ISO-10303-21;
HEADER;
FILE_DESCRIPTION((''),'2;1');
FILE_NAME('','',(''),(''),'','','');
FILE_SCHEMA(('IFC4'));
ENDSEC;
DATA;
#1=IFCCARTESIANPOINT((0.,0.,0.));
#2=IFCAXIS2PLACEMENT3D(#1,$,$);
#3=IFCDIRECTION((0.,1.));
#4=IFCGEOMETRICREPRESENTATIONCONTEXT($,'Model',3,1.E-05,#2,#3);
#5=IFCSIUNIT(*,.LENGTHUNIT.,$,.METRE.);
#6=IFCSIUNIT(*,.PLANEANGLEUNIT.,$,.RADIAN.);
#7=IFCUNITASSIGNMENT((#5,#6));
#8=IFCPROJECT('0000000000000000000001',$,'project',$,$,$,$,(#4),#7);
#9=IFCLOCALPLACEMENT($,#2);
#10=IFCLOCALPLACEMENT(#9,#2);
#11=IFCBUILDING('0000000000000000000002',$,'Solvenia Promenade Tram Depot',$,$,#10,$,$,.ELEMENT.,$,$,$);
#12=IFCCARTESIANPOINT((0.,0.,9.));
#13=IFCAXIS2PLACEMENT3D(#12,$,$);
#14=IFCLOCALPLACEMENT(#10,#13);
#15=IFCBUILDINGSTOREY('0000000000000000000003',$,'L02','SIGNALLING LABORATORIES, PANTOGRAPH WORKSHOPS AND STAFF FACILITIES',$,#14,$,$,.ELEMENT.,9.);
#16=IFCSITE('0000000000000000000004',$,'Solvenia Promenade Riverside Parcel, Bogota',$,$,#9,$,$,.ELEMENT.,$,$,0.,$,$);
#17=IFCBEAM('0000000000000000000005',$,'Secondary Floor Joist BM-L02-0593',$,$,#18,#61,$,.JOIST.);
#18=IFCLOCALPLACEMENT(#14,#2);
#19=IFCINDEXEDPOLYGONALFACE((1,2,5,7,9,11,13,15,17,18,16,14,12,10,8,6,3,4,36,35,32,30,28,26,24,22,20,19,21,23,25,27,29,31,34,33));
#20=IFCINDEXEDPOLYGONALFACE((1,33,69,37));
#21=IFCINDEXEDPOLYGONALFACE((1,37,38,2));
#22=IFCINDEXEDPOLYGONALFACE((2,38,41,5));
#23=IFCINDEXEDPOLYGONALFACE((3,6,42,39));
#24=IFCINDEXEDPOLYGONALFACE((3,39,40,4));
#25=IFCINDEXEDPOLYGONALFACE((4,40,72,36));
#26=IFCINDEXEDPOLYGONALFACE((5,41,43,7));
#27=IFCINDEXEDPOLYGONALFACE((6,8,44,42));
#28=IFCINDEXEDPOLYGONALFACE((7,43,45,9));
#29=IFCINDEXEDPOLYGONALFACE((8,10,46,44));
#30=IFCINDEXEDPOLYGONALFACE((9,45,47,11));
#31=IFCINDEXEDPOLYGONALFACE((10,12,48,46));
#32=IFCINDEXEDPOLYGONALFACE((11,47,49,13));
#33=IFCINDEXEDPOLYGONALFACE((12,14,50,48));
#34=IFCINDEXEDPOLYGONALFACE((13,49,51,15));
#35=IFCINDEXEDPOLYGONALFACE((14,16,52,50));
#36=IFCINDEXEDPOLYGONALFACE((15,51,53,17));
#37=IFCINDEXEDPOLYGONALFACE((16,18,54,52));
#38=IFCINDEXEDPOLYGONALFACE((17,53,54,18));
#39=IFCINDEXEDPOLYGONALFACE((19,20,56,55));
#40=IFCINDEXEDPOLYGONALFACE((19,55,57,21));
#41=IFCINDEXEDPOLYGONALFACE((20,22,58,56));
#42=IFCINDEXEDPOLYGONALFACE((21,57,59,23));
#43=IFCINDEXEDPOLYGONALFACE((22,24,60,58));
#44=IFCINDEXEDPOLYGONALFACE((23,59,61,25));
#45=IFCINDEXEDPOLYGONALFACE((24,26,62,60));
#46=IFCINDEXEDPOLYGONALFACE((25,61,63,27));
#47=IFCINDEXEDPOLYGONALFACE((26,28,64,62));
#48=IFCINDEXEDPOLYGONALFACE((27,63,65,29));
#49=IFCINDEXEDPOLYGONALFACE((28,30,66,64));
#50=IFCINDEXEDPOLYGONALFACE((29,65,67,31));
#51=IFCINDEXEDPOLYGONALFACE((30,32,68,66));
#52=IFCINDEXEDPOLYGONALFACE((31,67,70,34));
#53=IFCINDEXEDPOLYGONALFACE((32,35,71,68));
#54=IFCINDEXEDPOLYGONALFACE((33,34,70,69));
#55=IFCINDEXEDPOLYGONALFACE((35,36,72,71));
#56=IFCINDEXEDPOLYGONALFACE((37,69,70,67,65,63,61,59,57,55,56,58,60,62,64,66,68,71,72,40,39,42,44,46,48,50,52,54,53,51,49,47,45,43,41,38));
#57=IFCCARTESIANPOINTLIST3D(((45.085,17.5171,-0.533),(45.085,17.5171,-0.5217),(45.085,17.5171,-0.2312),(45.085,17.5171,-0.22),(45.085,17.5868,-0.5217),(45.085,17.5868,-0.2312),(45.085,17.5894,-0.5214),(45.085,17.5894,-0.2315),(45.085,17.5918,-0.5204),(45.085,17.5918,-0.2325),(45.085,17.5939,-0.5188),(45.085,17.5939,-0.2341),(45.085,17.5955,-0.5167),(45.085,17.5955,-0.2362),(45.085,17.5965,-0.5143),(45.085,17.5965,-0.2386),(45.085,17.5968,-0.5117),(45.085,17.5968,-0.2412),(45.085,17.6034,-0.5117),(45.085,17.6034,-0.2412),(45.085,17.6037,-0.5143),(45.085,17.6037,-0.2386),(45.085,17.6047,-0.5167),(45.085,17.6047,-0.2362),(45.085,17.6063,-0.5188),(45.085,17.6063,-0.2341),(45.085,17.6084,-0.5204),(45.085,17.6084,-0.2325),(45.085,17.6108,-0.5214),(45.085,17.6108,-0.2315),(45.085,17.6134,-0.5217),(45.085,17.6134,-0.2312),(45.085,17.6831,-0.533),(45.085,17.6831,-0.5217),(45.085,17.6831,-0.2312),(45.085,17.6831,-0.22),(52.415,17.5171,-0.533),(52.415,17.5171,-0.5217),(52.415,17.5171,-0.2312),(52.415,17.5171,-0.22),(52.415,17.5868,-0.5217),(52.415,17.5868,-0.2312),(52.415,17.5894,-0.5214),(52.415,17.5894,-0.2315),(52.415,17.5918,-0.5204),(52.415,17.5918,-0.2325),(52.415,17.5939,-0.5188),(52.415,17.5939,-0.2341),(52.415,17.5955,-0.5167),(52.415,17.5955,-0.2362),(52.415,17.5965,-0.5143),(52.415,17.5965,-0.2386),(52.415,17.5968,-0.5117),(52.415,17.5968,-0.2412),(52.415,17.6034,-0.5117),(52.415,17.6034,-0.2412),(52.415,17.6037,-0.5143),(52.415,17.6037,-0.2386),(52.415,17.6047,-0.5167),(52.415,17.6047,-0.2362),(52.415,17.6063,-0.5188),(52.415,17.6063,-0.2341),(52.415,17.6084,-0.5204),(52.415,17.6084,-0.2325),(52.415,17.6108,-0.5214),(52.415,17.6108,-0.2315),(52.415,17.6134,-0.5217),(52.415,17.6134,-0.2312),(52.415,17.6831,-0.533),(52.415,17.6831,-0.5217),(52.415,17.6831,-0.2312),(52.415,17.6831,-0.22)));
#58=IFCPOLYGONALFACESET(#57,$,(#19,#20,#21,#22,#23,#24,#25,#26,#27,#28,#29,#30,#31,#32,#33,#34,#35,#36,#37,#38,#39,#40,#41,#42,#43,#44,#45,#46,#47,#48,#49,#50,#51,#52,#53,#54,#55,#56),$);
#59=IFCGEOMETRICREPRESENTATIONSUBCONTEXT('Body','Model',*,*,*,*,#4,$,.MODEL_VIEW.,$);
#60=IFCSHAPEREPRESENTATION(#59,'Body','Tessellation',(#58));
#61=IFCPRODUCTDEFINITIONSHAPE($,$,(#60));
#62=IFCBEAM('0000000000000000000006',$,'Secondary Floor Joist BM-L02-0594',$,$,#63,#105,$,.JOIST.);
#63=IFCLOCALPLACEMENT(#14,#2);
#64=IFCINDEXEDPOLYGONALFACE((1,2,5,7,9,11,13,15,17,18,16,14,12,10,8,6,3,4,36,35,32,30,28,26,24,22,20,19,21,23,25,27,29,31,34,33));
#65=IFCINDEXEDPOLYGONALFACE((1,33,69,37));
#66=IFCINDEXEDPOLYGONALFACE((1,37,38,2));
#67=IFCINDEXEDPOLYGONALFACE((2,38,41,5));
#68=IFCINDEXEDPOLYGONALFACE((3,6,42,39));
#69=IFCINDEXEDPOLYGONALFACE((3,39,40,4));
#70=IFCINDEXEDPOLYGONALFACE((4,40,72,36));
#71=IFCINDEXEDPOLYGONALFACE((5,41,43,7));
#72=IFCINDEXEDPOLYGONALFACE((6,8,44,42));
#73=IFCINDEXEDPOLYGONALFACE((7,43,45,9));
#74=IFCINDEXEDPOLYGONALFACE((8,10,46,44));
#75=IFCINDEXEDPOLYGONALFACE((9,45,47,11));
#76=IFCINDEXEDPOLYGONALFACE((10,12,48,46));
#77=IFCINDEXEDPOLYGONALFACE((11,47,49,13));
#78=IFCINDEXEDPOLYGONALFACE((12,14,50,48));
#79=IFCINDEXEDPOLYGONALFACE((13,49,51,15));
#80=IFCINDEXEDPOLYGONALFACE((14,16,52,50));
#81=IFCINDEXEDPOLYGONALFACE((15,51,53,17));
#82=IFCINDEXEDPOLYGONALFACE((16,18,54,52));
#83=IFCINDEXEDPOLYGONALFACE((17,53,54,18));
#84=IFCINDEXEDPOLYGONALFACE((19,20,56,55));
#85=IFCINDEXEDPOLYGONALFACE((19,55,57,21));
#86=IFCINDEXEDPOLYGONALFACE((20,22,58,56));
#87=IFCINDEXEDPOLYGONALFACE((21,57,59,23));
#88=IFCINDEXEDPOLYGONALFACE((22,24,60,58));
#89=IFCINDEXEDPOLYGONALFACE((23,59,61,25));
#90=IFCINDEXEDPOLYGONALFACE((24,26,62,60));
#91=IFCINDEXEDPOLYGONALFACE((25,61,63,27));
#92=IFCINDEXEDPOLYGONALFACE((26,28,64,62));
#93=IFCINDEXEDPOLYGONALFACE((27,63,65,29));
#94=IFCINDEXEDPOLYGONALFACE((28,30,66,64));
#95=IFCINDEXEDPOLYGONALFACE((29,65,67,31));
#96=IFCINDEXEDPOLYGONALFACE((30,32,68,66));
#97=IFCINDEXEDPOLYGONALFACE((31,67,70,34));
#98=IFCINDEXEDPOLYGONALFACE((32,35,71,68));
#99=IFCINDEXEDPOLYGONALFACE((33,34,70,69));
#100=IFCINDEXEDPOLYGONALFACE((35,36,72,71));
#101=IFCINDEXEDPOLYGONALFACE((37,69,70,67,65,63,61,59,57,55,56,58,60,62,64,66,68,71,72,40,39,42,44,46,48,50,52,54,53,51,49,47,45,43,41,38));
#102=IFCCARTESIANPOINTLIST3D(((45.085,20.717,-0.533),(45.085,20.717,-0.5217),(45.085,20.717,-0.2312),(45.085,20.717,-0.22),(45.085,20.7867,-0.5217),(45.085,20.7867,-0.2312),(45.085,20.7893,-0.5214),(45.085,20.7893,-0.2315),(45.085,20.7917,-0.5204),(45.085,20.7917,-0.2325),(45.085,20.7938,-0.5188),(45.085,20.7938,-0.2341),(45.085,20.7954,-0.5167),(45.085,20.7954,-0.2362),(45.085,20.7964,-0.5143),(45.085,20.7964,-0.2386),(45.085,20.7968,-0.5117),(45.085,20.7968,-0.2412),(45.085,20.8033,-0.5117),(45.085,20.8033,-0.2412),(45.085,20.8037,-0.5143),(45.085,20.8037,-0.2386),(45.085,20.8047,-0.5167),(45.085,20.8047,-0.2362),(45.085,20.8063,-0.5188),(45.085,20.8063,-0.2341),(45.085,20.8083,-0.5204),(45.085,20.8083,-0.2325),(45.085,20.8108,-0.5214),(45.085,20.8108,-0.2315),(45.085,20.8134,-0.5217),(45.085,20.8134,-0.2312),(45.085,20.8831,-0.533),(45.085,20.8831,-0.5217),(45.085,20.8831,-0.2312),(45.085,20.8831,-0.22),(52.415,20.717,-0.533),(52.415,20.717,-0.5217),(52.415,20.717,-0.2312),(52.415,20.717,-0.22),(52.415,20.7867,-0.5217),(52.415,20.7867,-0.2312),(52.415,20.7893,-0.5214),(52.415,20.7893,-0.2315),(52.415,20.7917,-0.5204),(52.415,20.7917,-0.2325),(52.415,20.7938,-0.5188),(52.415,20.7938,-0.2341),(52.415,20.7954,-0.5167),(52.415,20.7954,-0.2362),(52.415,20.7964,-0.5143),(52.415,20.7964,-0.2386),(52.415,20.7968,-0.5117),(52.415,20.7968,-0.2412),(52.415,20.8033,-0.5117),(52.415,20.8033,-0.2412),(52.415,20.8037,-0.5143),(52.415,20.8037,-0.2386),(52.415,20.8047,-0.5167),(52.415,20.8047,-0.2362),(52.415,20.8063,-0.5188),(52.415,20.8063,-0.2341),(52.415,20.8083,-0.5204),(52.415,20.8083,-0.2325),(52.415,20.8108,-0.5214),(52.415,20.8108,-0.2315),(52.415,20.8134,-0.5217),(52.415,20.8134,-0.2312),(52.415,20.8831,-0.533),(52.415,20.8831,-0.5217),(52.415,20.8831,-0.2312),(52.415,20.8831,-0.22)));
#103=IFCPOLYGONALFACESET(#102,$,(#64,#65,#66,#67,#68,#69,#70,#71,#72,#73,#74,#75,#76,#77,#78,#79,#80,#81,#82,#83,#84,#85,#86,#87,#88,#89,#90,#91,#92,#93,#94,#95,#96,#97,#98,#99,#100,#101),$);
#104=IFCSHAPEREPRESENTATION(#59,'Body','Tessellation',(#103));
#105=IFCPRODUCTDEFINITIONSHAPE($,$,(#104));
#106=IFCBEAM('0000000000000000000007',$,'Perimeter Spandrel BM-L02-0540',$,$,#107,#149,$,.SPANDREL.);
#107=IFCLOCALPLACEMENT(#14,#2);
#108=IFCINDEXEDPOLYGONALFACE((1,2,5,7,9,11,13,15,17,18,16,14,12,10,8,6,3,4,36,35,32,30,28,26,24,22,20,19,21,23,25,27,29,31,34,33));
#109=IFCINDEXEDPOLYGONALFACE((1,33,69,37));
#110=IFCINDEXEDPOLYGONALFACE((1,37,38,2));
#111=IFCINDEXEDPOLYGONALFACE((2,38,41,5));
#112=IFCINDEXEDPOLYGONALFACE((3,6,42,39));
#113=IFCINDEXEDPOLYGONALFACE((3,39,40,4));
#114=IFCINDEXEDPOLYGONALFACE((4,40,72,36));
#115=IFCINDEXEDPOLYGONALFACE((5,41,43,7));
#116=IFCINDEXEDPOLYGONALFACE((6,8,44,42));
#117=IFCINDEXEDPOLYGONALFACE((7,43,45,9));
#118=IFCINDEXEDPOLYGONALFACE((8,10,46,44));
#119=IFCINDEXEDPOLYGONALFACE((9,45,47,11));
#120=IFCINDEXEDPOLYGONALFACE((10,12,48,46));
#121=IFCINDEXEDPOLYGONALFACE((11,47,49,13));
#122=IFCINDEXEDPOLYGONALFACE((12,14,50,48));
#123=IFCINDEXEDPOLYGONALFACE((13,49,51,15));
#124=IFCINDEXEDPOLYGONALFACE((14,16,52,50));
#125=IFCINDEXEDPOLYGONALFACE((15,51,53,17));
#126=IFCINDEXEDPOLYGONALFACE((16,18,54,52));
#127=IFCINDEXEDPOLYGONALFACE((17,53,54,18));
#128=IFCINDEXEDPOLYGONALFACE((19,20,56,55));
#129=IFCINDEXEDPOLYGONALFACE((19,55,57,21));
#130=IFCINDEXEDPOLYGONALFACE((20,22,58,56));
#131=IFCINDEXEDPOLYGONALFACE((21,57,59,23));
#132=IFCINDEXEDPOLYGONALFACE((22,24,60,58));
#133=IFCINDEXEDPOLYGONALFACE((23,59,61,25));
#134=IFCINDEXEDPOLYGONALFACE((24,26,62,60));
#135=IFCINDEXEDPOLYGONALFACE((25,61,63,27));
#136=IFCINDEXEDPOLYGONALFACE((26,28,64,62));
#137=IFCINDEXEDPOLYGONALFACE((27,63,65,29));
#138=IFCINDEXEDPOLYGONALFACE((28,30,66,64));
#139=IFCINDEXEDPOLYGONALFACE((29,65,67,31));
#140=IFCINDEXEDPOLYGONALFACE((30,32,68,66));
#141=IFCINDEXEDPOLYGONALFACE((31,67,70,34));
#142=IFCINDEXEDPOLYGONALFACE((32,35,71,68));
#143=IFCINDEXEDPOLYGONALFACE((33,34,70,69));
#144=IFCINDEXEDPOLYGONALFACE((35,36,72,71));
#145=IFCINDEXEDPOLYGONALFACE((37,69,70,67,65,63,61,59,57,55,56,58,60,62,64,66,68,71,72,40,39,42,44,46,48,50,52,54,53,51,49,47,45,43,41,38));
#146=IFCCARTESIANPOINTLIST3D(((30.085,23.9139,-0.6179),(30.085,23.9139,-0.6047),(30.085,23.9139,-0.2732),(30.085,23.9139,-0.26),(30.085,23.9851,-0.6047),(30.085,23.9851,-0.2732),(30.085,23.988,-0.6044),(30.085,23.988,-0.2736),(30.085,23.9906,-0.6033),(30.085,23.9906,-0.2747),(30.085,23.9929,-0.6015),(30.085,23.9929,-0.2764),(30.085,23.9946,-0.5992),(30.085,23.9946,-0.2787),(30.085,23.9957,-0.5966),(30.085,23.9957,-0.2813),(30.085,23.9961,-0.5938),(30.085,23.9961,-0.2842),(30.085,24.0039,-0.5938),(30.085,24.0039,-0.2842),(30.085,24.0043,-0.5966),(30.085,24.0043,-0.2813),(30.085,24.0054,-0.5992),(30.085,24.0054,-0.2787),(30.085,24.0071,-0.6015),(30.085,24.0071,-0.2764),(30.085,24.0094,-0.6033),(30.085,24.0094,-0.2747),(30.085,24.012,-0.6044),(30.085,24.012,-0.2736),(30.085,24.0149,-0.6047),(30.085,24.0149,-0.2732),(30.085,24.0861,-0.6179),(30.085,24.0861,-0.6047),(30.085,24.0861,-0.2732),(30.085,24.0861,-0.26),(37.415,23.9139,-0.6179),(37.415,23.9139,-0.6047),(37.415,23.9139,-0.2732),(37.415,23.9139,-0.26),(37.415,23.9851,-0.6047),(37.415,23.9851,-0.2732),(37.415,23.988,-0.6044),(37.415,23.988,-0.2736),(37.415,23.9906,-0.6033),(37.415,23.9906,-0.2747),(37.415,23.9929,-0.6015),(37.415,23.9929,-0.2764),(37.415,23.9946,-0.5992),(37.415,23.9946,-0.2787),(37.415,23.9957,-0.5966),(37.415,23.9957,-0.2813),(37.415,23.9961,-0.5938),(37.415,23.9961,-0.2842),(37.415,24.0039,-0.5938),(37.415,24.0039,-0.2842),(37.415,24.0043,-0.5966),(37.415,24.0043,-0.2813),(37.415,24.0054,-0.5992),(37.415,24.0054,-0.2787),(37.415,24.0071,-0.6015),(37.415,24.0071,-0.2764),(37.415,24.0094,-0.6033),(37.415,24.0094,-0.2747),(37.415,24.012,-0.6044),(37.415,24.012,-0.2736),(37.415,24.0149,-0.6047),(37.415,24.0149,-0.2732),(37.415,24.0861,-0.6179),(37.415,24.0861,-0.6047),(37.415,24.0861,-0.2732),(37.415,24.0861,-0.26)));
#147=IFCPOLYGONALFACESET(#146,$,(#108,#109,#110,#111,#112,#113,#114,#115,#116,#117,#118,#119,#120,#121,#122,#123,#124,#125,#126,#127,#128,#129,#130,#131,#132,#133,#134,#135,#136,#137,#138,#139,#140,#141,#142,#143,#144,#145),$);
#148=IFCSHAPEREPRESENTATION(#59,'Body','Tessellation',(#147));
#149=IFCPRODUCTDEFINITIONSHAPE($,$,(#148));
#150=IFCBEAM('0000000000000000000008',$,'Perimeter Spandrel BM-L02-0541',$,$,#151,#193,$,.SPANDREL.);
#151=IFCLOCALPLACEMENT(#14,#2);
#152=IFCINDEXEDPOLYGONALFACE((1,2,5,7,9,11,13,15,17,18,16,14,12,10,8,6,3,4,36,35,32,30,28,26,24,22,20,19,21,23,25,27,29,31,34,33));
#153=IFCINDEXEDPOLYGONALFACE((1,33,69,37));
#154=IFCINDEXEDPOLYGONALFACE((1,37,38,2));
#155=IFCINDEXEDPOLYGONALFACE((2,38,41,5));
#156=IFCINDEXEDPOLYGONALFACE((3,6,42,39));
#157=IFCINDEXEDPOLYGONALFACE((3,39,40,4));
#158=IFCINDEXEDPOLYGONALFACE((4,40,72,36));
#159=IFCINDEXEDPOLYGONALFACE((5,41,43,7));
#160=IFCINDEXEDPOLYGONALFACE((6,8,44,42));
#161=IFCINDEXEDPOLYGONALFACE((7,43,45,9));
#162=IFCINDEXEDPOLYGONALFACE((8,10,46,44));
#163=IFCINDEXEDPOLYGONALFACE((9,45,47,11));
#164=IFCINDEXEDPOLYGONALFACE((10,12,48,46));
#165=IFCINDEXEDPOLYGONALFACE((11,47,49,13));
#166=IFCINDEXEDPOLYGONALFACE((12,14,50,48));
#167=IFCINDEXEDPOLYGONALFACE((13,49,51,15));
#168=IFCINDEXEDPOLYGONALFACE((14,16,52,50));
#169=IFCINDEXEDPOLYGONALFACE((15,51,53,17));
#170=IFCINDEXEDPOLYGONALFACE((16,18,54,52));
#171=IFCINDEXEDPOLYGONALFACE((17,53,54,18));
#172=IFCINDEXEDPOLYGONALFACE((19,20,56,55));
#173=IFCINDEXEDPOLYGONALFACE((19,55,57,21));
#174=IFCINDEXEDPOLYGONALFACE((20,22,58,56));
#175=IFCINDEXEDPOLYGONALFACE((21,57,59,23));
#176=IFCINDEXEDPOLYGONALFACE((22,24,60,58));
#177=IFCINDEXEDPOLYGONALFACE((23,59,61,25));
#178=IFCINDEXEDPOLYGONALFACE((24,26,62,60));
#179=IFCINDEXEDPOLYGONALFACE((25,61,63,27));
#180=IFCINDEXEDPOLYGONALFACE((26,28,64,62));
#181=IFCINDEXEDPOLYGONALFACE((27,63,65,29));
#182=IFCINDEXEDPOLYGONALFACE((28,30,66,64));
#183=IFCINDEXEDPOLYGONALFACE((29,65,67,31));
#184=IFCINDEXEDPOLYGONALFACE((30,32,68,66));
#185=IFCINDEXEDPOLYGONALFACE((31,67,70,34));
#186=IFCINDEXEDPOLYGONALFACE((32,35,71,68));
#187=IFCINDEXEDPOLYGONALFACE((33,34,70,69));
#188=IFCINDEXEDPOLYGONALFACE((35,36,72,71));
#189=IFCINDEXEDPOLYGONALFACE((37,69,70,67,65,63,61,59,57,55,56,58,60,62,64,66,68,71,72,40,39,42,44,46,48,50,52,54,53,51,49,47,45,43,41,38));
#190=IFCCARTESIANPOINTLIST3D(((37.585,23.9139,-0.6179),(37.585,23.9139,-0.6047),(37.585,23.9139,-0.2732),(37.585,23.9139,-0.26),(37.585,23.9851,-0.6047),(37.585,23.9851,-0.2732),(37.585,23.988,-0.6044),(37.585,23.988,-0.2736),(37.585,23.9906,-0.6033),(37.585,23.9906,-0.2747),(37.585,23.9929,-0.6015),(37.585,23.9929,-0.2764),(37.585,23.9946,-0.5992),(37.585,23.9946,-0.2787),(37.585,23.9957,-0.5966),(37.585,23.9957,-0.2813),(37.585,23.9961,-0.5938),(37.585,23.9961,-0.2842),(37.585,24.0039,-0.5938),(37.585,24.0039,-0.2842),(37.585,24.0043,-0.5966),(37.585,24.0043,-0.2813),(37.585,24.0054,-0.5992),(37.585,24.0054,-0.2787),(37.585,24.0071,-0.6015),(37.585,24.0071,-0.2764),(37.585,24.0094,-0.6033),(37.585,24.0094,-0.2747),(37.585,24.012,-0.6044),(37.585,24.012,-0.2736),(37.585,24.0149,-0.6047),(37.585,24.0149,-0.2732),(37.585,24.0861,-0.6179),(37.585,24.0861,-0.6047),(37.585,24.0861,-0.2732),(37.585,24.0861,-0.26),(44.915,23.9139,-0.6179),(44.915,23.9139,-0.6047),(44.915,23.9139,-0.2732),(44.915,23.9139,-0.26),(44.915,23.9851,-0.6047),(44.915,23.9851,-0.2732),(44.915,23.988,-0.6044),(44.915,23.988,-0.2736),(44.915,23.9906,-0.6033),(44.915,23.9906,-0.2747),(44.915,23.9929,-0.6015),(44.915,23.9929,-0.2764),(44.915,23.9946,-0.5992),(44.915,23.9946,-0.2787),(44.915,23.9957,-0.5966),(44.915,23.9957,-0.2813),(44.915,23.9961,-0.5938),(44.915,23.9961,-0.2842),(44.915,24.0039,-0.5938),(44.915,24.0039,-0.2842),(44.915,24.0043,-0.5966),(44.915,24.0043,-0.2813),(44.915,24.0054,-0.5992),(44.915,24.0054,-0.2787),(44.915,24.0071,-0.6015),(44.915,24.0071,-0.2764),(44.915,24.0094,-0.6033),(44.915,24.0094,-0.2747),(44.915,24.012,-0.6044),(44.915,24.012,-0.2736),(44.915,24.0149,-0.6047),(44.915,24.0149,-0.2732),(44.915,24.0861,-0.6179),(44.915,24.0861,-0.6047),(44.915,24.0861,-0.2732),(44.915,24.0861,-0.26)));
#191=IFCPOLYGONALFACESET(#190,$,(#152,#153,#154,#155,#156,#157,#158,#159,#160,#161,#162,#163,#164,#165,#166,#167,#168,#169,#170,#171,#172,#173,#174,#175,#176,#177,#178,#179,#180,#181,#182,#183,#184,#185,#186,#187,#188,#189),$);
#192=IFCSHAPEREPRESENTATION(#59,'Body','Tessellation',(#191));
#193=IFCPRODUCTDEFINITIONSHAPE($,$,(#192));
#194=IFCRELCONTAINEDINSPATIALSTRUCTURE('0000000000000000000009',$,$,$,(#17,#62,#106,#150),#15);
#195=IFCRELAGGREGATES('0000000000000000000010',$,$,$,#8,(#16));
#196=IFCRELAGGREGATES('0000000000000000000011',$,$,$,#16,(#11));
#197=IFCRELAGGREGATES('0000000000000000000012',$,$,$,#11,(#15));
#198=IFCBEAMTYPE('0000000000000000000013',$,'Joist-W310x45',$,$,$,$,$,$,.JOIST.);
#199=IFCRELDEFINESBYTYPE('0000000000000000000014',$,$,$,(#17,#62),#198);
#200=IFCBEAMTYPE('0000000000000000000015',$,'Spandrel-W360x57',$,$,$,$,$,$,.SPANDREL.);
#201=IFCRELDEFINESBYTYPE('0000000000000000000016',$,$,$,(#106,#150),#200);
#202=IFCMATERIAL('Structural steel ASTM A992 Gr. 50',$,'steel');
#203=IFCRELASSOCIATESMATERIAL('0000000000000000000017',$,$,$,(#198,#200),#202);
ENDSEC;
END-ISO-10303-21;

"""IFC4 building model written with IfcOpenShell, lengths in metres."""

from ifc_helpers import new_model, si_unit, direction, frame, origin, origin_2d, place, context, subcontext, project, spatial, i_section, extrude, material, material_profile, profile_set, type_object, element, save


model = new_model("IFC4")

# Units and contexts
model_context = context("Model", 3, precision=1e-05, world=origin(), true_north=direction((0.0, 1.0)))
body_context = subcontext(model_context, "Body", "Model", "MODEL_VIEW")
ifc_project = project(units=[si_unit("LENGTHUNIT", "METRE"), si_unit("PLANEANGLEUNIT", "RADIAN")], contexts=[model_context])

# Site, building, storey
site_placement = place(None, origin())
site = spatial("IfcSite", under=ifc_project, at=site_placement, Name="Solvenia Promenade Riverside Parcel, Bogota", CompositionType="ELEMENT", RefElevation=0.0)
building_placement = place(site_placement, origin())
building = spatial("IfcBuilding", under=site, at=building_placement, Name="Solvenia Promenade Tram Depot", CompositionType="ELEMENT")
storey_placement = place(building_placement, frame((0.0, 0.0, 9.0)))
storey = spatial("IfcBuildingStorey", under=building, at=storey_placement, Name="L02", Description="SIGNALLING LABORATORIES, PANTOGRAPH WORKSHOPS AND STAFF FACILITIES", CompositionType="ELEMENT", Elevation=9.0)

# Shared definitions
ifc_material_1 = material(Name="Structural steel ASTM A992 Gr. 50", Category="steel")

# Beams
ifc_material_profile_1 = material_profile(ifc_material_1, i_section(OverallWidth=0.166, OverallDepth=0.313, WebThickness=0.0066, FlangeThickness=0.0112, FilletRadius=0.01, at=origin_2d()), Name="W310x45", Category="steel")
ifc_profile_set_1 = profile_set([ifc_material_profile_1], Name="Structural steel ASTM A992 Gr. 50")
beam_type_1 = type_object("IfcBeamType", Name="Joist-W310x45", PredefinedType="JOIST", material=ifc_profile_set_1)
for number, where, z_axis, x_axis, name in (
    (1, (45.085, 17.6001, -0.3765), (1.0, 0.0, 0.0), (0.0, 1.0, 0.0), "Secondary Floor Joist BM-L02-0593"),
    (2, (45.085, 20.8, -0.3765), (1.0, 0.0, 0.0), (0.0, 1.0, 0.0), "Secondary Floor Joist BM-L02-0594"),
):
    element("IfcBeam", number, at=place(storey_placement, frame(where, z_axis=z_axis, x_axis=x_axis)), inside=storey, type_object=beam_type_1, Name=name, PredefinedType="JOIST", context=body_context, shape_type="SweptSolid", body=[
        extrude(i_section(OverallWidth=0.166, OverallDepth=0.313, WebThickness=0.0066, FlangeThickness=0.0112, FilletRadius=0.01, at=origin_2d()), origin(), (0.0, 0.0, 1.0), 7.3301),
    ])
ifc_material_profile_2 = material_profile(ifc_material_1, i_section(OverallWidth=0.1721, OverallDepth=0.3579, WebThickness=0.0078, FlangeThickness=0.0132, FilletRadius=0.011, at=origin_2d()), Name="W360x57", Category="steel")
ifc_profile_set_2 = profile_set([ifc_material_profile_2], Name="Structural steel ASTM A992 Gr. 50")
beam_type_2 = type_object("IfcBeamType", Name="Spandrel-W360x57", PredefinedType="SPANDREL", material=ifc_profile_set_2)
for number, where, z_axis, x_axis, name in (
    (3, (30.085, 24.0, -0.439), (1.0, 0.0, 0.0), (0.0, 1.0, 0.0), "Perimeter Spandrel BM-L02-0540"),
    (4, (37.585, 24.0, -0.439), (1.0, 0.0, 0.0), (0.0, 1.0, 0.0), "Perimeter Spandrel BM-L02-0541"),
):
    element("IfcBeam", number, at=place(storey_placement, frame(where, z_axis=z_axis, x_axis=x_axis)), inside=storey, type_object=beam_type_2, Name=name, PredefinedType="SPANDREL", context=body_context, shape_type="SweptSolid", body=[
        extrude(i_section(OverallWidth=0.1721, OverallDepth=0.3579, WebThickness=0.0078, FlangeThickness=0.0132, FilletRadius=0.011, at=origin_2d()), origin(), (0.0, 0.0, 1.0), 7.3301),
    ])

save(model, "model.ifc")
